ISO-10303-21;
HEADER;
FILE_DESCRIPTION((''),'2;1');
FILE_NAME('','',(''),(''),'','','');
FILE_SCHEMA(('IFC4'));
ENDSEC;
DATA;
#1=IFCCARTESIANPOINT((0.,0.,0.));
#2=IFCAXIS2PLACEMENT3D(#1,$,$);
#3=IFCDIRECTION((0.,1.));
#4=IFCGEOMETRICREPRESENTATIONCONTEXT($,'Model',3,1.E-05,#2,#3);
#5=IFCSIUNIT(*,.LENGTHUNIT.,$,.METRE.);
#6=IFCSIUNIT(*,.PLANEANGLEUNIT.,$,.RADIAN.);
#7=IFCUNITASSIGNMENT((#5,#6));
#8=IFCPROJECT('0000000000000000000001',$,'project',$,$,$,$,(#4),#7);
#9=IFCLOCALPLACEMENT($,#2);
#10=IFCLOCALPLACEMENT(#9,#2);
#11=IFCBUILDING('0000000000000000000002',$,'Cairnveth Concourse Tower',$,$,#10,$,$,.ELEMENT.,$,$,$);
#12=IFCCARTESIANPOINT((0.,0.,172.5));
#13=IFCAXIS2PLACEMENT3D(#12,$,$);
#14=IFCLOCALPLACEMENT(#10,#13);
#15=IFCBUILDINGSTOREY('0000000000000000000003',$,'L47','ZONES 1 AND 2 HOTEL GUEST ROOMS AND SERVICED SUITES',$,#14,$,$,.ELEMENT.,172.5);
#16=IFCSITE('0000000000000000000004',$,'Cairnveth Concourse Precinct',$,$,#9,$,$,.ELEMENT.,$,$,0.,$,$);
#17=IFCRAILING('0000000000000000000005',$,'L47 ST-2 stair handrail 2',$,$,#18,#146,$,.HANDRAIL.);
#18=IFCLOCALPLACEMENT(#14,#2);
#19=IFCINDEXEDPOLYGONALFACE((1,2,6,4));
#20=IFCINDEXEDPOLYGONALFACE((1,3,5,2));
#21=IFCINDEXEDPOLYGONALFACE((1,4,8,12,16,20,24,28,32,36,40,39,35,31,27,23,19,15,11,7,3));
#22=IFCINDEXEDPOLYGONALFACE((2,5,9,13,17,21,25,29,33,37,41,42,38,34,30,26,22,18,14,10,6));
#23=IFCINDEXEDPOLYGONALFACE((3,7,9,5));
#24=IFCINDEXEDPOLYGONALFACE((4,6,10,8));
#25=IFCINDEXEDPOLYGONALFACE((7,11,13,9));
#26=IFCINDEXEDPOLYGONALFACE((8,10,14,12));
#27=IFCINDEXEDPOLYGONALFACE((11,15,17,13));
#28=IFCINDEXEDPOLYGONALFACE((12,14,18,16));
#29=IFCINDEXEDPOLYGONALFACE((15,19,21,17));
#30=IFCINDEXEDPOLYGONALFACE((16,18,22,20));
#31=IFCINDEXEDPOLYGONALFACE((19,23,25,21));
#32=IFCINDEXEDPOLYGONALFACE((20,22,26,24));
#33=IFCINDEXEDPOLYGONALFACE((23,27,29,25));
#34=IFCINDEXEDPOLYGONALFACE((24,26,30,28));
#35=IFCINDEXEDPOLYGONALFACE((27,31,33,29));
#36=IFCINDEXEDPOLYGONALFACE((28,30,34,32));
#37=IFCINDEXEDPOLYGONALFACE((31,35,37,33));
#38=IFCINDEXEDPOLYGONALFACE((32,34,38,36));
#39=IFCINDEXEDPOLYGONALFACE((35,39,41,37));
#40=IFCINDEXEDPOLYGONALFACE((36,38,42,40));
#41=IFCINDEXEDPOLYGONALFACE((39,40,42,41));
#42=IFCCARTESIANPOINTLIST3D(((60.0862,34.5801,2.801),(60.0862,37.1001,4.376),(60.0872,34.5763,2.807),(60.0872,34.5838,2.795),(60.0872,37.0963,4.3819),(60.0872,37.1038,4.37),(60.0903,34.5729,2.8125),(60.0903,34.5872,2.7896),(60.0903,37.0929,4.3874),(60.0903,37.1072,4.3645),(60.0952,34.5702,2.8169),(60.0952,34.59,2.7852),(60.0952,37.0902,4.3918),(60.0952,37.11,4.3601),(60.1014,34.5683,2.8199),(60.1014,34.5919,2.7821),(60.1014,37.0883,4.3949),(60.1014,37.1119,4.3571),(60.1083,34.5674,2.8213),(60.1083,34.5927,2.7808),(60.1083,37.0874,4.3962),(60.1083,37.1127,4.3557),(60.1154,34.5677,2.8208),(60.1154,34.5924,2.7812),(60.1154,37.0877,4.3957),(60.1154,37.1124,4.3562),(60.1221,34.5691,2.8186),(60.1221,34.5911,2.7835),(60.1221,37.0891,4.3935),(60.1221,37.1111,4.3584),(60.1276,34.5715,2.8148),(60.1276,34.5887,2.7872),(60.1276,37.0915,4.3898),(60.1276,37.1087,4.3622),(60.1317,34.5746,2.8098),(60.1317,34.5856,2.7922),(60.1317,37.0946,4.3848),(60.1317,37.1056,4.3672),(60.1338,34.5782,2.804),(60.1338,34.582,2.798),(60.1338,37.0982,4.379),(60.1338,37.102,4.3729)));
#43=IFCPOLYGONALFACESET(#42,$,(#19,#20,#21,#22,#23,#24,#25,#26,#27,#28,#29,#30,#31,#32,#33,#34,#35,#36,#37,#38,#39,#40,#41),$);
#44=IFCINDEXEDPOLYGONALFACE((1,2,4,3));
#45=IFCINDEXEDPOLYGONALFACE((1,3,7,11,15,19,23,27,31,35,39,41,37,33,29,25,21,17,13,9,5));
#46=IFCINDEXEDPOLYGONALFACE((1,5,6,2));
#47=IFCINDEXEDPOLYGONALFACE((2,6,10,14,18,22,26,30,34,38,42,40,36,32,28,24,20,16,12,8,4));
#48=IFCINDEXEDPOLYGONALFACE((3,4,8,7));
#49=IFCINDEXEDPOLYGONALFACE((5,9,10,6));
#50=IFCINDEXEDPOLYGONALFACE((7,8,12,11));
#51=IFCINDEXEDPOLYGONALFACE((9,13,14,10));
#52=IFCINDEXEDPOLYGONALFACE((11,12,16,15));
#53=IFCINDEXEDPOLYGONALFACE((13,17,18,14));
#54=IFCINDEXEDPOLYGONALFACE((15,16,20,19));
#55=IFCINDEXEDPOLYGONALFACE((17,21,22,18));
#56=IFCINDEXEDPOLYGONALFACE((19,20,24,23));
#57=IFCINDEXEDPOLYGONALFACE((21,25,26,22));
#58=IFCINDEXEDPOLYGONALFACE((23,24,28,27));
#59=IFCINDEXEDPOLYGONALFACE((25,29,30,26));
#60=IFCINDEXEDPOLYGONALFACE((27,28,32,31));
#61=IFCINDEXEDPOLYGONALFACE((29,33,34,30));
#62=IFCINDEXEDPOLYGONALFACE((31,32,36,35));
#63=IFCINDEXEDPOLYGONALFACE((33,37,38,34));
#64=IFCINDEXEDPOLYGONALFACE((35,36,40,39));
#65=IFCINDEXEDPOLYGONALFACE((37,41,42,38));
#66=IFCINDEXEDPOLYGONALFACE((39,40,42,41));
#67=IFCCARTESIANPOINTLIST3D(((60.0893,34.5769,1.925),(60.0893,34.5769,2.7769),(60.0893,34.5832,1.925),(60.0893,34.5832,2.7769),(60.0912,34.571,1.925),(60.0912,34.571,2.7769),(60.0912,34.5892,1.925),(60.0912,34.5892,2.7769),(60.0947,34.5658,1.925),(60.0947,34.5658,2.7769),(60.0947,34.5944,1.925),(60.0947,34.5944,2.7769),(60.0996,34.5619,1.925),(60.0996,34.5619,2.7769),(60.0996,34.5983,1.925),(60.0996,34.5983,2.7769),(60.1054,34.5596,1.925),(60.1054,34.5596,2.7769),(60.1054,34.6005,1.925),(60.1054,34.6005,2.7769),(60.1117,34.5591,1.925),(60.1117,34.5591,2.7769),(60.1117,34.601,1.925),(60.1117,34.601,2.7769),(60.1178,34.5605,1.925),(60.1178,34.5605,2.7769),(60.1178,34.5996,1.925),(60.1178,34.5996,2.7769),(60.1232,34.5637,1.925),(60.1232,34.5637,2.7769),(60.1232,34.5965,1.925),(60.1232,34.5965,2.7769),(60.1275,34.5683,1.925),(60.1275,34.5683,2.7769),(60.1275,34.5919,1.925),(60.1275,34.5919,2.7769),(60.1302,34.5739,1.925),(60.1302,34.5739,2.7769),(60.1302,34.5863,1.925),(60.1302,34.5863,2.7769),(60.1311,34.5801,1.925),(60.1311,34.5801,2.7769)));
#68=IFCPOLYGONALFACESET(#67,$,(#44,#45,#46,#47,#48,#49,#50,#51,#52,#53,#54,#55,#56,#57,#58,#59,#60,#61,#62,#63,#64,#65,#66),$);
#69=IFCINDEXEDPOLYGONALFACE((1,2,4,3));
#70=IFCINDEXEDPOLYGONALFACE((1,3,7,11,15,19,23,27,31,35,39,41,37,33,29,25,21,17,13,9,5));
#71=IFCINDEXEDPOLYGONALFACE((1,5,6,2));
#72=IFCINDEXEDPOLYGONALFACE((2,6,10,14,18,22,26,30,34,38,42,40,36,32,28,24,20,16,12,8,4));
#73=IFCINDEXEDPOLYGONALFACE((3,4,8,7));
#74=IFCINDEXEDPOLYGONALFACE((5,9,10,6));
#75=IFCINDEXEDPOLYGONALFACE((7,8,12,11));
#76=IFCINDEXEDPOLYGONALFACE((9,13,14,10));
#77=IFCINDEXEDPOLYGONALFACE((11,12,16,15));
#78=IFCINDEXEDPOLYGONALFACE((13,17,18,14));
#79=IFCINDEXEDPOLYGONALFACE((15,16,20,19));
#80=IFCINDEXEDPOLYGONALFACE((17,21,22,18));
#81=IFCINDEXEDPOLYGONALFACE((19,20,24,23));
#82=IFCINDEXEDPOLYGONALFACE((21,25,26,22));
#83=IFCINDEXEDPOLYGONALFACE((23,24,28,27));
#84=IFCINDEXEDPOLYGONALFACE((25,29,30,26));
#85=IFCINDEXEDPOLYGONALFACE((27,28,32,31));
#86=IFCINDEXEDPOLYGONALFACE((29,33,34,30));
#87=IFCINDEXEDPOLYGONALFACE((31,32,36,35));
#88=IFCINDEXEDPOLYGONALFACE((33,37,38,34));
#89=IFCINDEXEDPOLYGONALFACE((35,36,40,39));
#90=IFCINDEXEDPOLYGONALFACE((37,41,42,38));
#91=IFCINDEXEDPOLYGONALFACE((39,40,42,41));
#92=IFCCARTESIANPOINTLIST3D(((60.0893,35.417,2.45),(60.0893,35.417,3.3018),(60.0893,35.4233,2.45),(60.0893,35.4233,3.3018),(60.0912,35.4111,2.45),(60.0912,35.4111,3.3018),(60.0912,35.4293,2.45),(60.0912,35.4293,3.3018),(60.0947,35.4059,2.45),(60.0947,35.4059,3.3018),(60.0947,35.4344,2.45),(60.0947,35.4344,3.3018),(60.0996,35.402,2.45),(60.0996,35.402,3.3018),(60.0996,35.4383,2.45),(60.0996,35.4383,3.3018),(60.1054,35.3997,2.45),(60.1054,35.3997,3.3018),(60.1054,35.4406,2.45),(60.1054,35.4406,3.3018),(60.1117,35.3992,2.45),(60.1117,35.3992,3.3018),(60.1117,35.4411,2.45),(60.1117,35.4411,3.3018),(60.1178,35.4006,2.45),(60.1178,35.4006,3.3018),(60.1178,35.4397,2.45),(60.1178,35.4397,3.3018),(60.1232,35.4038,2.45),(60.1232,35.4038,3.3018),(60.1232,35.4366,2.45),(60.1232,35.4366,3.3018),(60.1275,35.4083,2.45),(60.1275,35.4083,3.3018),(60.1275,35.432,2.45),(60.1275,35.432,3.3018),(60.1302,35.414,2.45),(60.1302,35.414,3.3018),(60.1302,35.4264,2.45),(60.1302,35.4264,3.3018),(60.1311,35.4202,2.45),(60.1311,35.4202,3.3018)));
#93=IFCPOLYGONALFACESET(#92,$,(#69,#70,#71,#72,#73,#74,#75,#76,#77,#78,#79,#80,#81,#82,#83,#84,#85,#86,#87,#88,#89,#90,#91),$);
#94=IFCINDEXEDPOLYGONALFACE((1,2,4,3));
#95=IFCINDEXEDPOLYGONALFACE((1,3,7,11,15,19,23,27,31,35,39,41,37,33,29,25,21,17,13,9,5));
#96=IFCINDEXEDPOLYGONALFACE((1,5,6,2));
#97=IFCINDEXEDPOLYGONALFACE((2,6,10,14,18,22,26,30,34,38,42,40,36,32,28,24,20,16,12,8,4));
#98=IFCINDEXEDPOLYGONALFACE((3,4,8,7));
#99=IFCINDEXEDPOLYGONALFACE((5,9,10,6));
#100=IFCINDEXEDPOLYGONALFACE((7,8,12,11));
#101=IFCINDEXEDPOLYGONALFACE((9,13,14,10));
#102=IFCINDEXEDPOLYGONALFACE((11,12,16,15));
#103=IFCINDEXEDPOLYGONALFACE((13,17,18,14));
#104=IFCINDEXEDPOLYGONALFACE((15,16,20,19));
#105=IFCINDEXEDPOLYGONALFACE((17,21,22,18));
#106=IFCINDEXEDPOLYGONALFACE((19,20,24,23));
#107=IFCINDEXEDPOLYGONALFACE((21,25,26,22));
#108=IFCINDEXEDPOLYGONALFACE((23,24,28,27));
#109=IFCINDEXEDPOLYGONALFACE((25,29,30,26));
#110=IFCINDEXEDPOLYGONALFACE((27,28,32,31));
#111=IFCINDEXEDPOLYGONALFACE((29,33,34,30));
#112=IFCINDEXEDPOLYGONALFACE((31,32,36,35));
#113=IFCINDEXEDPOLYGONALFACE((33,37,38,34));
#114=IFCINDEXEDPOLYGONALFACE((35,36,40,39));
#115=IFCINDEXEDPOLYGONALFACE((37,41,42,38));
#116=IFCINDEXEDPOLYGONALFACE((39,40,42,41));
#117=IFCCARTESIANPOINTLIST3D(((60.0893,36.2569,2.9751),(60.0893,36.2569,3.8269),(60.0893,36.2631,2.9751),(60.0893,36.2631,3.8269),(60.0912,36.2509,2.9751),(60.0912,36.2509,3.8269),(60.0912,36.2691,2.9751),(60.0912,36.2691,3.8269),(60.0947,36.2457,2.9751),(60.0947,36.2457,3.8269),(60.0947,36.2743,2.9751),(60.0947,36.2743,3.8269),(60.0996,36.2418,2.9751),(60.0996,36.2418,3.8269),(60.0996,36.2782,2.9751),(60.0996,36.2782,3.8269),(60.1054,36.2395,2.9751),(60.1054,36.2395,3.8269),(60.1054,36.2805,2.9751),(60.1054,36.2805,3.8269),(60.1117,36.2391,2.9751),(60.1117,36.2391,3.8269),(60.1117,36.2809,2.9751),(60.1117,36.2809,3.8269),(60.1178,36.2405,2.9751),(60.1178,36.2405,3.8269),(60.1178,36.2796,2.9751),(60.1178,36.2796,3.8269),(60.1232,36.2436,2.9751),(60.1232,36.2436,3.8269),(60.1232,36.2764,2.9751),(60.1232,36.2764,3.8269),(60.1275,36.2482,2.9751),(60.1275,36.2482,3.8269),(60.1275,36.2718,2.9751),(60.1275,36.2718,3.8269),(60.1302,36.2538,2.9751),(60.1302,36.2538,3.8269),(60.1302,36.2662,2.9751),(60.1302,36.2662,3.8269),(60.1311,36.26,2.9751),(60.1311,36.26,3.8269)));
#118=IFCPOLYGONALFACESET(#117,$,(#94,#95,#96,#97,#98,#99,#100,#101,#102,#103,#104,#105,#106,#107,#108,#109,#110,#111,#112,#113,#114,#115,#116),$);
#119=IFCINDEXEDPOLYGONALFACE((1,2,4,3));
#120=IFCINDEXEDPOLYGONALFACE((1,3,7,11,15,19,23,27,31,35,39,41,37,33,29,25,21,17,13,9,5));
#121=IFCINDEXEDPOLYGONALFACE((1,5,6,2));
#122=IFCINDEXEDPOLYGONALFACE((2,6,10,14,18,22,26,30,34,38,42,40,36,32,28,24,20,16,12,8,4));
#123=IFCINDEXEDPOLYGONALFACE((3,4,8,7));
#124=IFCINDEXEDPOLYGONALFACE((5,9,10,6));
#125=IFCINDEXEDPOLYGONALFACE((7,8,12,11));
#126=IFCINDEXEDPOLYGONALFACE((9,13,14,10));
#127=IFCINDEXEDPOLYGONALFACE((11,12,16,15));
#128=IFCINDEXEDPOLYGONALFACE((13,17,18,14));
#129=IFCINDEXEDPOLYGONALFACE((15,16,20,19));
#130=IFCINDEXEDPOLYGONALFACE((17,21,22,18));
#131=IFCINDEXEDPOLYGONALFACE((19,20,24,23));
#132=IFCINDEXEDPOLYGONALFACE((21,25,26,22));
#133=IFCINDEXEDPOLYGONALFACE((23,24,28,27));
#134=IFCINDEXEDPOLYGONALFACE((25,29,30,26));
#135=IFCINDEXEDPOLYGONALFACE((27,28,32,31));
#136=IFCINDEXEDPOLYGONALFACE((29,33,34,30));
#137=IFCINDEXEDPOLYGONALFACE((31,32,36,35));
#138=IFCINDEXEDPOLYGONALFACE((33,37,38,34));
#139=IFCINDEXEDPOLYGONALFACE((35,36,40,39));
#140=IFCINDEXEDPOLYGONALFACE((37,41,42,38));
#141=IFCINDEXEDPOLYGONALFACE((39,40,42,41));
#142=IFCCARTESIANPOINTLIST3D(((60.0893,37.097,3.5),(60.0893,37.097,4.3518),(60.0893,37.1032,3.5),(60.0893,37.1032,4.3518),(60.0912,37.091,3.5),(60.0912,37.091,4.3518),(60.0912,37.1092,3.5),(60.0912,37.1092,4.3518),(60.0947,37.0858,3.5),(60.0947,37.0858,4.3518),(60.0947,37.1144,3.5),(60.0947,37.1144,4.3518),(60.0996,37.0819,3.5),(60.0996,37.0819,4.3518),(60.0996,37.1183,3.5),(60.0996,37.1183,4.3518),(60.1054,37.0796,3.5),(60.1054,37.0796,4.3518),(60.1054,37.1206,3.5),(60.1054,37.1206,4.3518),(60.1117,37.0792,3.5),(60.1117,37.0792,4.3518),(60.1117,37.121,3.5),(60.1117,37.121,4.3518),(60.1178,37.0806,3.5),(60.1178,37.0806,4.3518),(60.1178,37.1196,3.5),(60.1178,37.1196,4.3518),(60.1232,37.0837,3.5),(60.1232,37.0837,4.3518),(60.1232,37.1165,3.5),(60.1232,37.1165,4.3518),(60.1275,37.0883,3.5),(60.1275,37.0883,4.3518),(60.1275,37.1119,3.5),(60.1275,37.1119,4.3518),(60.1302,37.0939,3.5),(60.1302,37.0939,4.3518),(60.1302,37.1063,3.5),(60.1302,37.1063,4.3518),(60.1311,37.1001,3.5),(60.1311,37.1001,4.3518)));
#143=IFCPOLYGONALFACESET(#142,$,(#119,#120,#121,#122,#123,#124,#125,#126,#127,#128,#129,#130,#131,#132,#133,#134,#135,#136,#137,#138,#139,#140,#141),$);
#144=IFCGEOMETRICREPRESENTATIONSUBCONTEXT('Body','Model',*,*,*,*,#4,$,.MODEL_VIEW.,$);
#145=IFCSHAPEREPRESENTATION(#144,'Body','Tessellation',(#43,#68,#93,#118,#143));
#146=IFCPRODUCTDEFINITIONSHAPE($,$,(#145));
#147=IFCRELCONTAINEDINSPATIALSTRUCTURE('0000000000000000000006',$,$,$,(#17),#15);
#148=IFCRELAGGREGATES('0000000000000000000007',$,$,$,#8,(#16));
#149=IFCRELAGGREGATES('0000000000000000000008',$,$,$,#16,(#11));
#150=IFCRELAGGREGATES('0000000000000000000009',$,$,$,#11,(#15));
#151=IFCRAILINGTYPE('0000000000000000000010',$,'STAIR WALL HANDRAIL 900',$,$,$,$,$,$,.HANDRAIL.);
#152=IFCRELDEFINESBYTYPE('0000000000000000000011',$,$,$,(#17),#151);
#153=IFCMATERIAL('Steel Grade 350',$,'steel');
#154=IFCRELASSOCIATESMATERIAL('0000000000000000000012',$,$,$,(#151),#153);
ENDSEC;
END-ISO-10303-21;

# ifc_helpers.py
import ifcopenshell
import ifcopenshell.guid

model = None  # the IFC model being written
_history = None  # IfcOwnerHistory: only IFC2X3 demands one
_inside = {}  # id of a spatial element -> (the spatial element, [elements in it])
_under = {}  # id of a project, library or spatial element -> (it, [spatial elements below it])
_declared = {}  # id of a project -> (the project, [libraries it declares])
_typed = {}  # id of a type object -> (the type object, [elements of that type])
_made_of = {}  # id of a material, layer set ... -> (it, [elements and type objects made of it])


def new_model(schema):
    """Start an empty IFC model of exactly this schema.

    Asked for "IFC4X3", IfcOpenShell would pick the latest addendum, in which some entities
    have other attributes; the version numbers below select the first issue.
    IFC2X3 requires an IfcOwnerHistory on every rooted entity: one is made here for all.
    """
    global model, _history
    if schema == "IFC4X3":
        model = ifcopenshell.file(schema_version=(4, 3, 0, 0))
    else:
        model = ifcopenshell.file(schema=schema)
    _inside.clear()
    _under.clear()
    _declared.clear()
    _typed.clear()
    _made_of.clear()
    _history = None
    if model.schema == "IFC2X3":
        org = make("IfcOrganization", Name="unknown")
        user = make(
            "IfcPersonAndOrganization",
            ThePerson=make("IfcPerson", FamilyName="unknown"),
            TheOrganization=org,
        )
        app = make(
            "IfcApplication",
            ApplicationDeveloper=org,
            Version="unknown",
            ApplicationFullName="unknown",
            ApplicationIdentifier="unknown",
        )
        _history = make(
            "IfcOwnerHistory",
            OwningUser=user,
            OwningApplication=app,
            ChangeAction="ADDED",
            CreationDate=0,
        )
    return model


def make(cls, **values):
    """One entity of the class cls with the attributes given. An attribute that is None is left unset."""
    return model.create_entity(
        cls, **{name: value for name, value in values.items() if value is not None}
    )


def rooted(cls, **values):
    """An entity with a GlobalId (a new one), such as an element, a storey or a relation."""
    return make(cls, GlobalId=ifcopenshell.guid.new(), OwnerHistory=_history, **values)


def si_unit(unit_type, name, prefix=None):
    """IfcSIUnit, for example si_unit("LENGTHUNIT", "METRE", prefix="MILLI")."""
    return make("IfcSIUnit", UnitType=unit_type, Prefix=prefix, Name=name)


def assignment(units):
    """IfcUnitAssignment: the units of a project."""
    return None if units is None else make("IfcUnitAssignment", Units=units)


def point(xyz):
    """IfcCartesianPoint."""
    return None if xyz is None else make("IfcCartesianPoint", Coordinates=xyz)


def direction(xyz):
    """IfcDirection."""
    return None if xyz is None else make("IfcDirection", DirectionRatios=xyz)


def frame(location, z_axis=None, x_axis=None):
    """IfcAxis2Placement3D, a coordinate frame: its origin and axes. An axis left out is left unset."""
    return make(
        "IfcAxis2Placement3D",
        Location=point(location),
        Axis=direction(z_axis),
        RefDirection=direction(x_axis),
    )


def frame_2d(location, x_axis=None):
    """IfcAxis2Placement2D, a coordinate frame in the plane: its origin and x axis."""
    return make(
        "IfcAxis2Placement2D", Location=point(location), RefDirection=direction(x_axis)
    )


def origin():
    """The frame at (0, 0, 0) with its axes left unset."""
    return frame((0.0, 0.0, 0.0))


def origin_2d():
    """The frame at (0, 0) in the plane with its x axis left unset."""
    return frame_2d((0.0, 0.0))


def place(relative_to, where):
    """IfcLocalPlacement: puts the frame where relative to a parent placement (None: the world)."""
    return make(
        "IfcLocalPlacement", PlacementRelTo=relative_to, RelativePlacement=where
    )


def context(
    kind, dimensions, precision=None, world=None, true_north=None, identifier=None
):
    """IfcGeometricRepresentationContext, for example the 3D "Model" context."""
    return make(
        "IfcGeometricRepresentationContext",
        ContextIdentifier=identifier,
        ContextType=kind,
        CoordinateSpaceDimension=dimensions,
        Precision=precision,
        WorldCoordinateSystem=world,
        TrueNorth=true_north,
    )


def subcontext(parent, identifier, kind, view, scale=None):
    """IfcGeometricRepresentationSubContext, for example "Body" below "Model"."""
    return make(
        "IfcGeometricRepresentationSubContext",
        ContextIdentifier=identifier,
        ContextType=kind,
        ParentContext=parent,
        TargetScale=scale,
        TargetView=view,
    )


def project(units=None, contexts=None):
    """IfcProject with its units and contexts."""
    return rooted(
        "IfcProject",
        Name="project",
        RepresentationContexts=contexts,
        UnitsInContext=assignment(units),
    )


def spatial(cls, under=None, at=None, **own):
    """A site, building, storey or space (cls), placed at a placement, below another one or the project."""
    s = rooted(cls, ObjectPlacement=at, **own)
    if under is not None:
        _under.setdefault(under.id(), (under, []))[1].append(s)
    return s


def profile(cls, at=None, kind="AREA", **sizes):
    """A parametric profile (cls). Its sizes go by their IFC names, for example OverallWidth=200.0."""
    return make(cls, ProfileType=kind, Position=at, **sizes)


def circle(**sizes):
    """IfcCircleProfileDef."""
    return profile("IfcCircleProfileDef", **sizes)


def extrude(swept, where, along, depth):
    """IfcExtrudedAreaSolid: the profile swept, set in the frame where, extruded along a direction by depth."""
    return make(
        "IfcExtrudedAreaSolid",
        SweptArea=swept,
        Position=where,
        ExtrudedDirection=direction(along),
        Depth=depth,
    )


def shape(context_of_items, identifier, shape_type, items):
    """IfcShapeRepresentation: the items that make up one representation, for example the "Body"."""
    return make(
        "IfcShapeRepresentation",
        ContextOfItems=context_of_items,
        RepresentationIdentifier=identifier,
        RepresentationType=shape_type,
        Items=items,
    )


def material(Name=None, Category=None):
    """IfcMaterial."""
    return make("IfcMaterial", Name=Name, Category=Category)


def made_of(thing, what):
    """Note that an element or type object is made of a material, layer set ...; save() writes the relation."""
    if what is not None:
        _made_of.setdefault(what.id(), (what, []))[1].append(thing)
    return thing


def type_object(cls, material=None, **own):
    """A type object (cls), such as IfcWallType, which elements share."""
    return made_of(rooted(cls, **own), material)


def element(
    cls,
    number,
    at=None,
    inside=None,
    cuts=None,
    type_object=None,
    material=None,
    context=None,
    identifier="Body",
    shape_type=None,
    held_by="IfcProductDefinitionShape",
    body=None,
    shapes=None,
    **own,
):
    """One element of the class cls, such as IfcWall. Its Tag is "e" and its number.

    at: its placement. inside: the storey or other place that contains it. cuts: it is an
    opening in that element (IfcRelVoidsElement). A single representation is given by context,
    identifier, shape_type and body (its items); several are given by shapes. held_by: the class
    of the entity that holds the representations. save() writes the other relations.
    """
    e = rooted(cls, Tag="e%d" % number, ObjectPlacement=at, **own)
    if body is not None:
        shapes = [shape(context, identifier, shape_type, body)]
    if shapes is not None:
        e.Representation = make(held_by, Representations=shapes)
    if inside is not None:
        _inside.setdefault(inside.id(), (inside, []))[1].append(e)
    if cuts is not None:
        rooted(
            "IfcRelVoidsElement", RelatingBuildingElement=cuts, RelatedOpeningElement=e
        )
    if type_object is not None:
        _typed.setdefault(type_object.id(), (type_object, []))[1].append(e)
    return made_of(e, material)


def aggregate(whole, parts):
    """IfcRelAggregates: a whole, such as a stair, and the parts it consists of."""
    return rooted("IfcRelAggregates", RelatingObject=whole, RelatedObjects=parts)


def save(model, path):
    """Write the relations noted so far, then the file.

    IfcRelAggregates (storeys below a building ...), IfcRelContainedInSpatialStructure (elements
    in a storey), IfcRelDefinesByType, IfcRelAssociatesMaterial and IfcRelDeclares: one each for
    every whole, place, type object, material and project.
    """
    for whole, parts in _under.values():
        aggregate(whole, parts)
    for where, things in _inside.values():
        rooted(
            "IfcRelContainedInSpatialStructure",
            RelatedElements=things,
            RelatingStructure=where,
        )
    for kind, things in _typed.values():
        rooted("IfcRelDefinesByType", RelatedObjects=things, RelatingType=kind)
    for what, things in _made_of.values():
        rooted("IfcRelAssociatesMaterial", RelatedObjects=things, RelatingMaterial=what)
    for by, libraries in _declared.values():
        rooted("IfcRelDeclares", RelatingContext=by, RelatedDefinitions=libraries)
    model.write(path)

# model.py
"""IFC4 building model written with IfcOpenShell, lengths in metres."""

from ifc_helpers import new_model, si_unit, direction, frame, origin, origin_2d, place, context, subcontext, project, spatial, circle, extrude, material, type_object, element, save


model = new_model("IFC4")

# Units and contexts
model_context = context("Model", 3, precision=1e-05, world=origin(), true_north=direction((0.0, 1.0)))
body_context = subcontext(model_context, "Body", "Model", "MODEL_VIEW")
ifc_project = project(units=[si_unit("LENGTHUNIT", "METRE"), si_unit("PLANEANGLEUNIT", "RADIAN")], contexts=[model_context])

# Site, building, storey
site_placement = place(None, origin())
site = spatial("IfcSite", under=ifc_project, at=site_placement, Name="Cairnveth Concourse Precinct", CompositionType="ELEMENT", RefElevation=0.0)
building_placement = place(site_placement, origin())
building = spatial("IfcBuilding", under=site, at=building_placement, Name="Cairnveth Concourse Tower", CompositionType="ELEMENT")
storey_placement = place(building_placement, frame((0.0, 0.0, 172.5)))
storey = spatial("IfcBuildingStorey", under=building, at=storey_placement, Name="L47", Description="ZONES 1 AND 2 HOTEL GUEST ROOMS AND SERVICED SUITES", CompositionType="ELEMENT", Elevation=172.5)

# Shared definitions
ifc_material_1 = material(Name="Steel Grade 350", Category="steel")

# Railing
railing_type_1 = type_object("IfcRailingType", Name="STAIR WALL HANDRAIL 900", PredefinedType="HANDRAIL", material=ifc_material_1)
railing_1_placement = place(storey_placement, frame((60.1101, 34.5801, 1.925)))
element("IfcRailing", 1, at=railing_1_placement, inside=storey, type_object=railing_type_1, Name="L47 ST-2 stair handrail 2", PredefinedType="HANDRAIL", context=body_context, shape_type="SweptSolid", body=[
    extrude(circle(Radius=0.0239, at=origin_2d()), frame((0.0, 0.0, 0.876), z_axis=(0.0, 0.848008, 0.529984), x_axis=(-1.0, 0.0, 0.0)), (0.0, 0.0, 1.0), 2.9717),
    extrude(circle(Radius=0.021, at=origin_2d()), origin(), (0.0, 0.0, 1.0), 0.8518),
    extrude(circle(Radius=0.021, at=origin_2d()), frame((0.0, 0.8401, 0.5249)), (0.0, 0.0, 1.0), 0.8518),
    extrude(circle(Radius=0.021, at=origin_2d()), frame((0.0, 1.6799, 1.05)), (0.0, 0.0, 1.0), 0.8518),
    extrude(circle(Radius=0.021, at=origin_2d()), frame((0.0, 2.52, 1.575)), (0.0, 0.0, 1.0), 0.8518),
])

save(model, "model.ifc")
